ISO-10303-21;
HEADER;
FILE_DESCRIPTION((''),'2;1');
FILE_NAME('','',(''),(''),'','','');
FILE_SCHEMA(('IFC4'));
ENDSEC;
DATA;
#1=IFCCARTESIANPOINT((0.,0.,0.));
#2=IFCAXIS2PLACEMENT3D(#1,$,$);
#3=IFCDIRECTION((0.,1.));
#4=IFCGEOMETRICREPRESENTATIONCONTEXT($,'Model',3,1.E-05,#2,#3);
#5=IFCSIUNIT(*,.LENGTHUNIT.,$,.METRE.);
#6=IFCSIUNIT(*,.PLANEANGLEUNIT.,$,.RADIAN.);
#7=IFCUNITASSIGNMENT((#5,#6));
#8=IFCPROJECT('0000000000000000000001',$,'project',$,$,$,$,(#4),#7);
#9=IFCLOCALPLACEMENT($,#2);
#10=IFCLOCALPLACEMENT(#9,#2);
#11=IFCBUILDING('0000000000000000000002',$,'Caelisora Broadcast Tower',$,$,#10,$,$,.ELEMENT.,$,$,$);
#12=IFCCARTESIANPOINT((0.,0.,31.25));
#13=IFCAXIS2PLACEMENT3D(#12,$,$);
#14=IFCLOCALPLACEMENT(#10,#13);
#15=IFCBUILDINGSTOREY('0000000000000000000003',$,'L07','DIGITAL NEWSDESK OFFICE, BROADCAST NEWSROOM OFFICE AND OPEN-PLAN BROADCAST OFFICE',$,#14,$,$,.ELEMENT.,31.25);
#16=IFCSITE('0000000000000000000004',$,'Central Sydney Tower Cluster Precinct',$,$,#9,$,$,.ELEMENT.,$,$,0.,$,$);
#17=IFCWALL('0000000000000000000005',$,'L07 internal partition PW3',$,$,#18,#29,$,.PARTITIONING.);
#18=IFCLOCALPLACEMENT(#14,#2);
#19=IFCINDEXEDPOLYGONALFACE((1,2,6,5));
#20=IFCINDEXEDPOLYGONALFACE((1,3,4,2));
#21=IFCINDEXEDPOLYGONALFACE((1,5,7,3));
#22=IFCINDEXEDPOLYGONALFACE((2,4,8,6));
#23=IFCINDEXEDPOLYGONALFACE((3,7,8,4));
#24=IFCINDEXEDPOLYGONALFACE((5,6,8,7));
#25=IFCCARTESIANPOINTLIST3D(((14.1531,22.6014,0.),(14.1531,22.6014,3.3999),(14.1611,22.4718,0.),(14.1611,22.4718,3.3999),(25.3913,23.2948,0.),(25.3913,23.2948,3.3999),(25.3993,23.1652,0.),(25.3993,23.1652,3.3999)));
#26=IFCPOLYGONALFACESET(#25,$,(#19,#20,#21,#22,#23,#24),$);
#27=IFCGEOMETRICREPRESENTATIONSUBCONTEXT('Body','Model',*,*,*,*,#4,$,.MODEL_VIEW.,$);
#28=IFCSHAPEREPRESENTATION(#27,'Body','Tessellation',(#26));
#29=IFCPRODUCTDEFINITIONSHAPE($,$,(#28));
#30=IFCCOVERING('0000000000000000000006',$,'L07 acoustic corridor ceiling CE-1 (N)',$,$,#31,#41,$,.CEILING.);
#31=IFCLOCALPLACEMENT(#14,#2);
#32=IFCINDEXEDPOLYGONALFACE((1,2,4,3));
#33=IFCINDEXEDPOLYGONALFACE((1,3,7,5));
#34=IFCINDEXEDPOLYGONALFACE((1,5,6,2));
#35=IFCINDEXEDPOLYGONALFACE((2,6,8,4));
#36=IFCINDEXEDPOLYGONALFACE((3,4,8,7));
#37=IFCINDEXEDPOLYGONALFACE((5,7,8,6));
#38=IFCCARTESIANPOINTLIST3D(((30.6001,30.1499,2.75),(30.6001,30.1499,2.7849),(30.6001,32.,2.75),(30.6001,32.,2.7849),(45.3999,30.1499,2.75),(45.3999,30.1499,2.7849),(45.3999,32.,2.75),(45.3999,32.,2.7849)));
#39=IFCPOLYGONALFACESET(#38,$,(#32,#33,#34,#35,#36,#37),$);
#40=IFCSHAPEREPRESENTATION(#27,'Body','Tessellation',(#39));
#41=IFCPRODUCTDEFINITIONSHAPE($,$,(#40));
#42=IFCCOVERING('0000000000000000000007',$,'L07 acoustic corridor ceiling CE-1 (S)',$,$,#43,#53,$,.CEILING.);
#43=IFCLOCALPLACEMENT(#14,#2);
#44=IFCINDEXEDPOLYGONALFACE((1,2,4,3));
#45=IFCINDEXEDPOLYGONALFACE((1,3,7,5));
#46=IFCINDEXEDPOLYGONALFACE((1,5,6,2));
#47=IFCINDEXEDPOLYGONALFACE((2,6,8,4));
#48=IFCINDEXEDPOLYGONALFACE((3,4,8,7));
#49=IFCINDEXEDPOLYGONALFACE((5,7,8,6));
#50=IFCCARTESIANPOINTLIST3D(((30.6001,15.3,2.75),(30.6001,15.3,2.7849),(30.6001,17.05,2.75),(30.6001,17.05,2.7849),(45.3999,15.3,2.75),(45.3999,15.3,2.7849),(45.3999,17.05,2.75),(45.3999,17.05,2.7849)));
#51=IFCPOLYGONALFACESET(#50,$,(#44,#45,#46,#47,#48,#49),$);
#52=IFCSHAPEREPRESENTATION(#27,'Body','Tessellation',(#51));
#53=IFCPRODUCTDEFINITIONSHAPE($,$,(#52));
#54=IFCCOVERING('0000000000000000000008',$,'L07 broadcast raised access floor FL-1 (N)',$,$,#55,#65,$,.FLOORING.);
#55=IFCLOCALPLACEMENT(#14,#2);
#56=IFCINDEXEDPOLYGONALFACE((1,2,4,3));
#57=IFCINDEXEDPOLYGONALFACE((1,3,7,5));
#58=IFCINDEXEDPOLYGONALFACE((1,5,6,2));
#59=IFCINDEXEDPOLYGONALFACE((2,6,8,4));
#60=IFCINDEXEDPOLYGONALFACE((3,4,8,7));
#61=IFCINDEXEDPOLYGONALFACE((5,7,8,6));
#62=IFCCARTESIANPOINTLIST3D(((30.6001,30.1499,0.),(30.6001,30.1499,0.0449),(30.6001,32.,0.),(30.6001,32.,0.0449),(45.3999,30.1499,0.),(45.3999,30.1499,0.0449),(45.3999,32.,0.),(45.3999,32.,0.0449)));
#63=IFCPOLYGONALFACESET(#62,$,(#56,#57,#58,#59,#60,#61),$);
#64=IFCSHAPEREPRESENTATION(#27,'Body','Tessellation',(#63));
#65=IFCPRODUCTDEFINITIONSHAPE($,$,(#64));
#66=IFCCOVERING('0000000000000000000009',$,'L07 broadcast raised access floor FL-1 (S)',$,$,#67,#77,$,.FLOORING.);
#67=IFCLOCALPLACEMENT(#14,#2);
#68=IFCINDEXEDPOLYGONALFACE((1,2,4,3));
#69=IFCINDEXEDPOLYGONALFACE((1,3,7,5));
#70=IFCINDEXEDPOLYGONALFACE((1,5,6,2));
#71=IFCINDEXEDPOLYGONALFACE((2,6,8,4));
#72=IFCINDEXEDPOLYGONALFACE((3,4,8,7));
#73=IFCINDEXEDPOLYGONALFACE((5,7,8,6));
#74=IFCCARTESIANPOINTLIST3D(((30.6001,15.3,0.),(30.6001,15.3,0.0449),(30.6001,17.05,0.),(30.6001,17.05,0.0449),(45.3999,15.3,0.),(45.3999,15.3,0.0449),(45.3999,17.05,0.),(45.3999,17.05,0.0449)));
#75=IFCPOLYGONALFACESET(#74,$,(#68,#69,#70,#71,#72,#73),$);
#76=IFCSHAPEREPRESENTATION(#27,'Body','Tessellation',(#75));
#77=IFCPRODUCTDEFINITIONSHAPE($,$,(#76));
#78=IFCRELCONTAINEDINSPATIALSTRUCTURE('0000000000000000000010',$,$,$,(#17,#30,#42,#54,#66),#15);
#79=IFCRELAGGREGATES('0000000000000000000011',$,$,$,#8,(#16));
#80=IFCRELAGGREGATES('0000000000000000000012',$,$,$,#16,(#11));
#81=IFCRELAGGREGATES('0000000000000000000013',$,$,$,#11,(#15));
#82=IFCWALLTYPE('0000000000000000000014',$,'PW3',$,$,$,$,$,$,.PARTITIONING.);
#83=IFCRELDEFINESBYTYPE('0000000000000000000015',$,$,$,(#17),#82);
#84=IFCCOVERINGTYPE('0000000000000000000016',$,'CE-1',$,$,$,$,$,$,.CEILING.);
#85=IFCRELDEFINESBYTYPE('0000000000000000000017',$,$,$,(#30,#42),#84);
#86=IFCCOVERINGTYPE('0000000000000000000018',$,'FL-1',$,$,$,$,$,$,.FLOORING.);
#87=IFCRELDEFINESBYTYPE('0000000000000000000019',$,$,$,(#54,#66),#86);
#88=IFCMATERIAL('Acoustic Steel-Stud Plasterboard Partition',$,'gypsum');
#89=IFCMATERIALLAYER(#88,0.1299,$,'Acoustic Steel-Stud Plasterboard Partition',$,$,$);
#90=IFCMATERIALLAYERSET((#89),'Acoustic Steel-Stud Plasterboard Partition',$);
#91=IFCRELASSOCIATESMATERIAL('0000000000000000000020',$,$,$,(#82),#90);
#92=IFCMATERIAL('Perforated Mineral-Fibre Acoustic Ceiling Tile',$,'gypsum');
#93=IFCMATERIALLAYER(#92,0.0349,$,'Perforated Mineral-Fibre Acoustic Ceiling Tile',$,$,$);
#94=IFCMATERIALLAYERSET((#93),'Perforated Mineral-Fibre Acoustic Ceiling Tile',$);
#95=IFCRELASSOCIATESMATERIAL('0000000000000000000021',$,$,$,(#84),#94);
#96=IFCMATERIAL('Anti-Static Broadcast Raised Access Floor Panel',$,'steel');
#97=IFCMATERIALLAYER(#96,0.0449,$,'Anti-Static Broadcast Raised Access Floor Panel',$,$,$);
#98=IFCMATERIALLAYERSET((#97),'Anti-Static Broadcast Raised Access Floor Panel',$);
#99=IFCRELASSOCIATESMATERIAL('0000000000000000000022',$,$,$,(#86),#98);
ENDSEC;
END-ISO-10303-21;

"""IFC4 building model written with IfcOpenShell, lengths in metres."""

from ifc_helpers import new_model, si_unit, direction, frame, frame_2d, origin, place, context, subcontext, project, spatial, polyline, rectangle, outline, extrude, material, layer, layer_set, type_object, element, save


model = new_model("IFC4")

# Units and contexts
model_context = context("Model", 3, precision=1e-05, world=origin(), true_north=direction((0.0, 1.0)))
body_context = subcontext(model_context, "Body", "Model", "MODEL_VIEW")
ifc_project = project(units=[si_unit("LENGTHUNIT", "METRE"), si_unit("PLANEANGLEUNIT", "RADIAN")], contexts=[model_context])

# Site, building, storey
site_placement = place(None, origin())
site = spatial("IfcSite", under=ifc_project, at=site_placement, Name="Central Sydney Tower Cluster Precinct", CompositionType="ELEMENT", RefElevation=0.0)
building_placement = place(site_placement, origin())
building = spatial("IfcBuilding", under=site, at=building_placement, Name="Caelisora Broadcast Tower", CompositionType="ELEMENT")
storey_placement = place(building_placement, frame((0.0, 0.0, 31.25)))
storey = spatial("IfcBuildingStorey", under=building, at=storey_placement, Name="L07", Description="DIGITAL NEWSDESK OFFICE, BROADCAST NEWSROOM OFFICE AND OPEN-PLAN BROADCAST OFFICE", CompositionType="ELEMENT", Elevation=31.25)

# Shared definitions
ifc_material_1 = material(Name="Acoustic Steel-Stud Plasterboard Partition", Category="gypsum")
ifc_layer_1 = layer(ifc_material_1, 0.1299, Name="Acoustic Steel-Stud Plasterboard Partition")
ifc_layer_set_1 = layer_set([ifc_layer_1], Name="Acoustic Steel-Stud Plasterboard Partition")
wall_type = type_object("IfcWallType", Name="PW3", PredefinedType="PARTITIONING", material=ifc_layer_set_1)

# Wall
wall_1_placement = place(storey_placement, frame((14.157, 22.5366, 0.0), z_axis=(0.0, 0.0, 1.0), x_axis=(0.998102, 0.06158, 0.0)))
element("IfcWall", 1, at=wall_1_placement, inside=storey, type_object=wall_type, Name="L07 internal partition PW3", PredefinedType="PARTITIONING", context=body_context, shape_type="SweptSolid", body=[
    extrude(rectangle(XDim=11.2595, YDim=0.1299, at=frame_2d((5.6299, 0.0))), origin(), (0.0, 0.0, 1.0), 3.3999),
])

# Coverings
ifc_material_2 = material(Name="Perforated Mineral-Fibre Acoustic Ceiling Tile", Category="gypsum")
ifc_layer_2 = layer(ifc_material_2, 0.0349, Name="Perforated Mineral-Fibre Acoustic Ceiling Tile")
ifc_layer_set_2 = layer_set([ifc_layer_2], Name="Perforated Mineral-Fibre Acoustic Ceiling Tile")
covering_type_1 = type_object("IfcCoveringType", Name="CE-1", PredefinedType="CEILING", material=ifc_layer_set_2)
covering_1_placement = place(storey_placement, frame((0.0, 0.0, 2.75)))
element("IfcCovering", 2, at=covering_1_placement, inside=storey, type_object=covering_type_1, Name="L07 acoustic corridor ceiling CE-1 (N)", PredefinedType="CEILING", context=body_context, shape_type="SweptSolid", body=[
    extrude(outline(polyline([(30.6001, 30.1499), (45.3999, 30.1499), (45.3999, 32.0), (30.6001, 32.0), (30.6001, 30.1499)])), origin(), (0.0, 0.0, 1.0), 0.0349),
])
covering_2_placement = place(storey_placement, frame((0.0, 0.0, 2.75)))
element("IfcCovering", 3, at=covering_2_placement, inside=storey, type_object=covering_type_1, Name="L07 acoustic corridor ceiling CE-1 (S)", PredefinedType="CEILING", context=body_context, shape_type="SweptSolid", body=[
    extrude(outline(polyline([(30.6001, 15.3), (45.3999, 15.3), (45.3999, 17.05), (30.6001, 17.05), (30.6001, 15.3)])), origin(), (0.0, 0.0, 1.0), 0.0349),
])
ifc_material_3 = material(Name="Anti-Static Broadcast Raised Access Floor Panel", Category="steel")
ifc_layer_3 = layer(ifc_material_3, 0.0449, Name="Anti-Static Broadcast Raised Access Floor Panel")
ifc_layer_set_3 = layer_set([ifc_layer_3], Name="Anti-Static Broadcast Raised Access Floor Panel")
covering_type_2 = type_object("IfcCoveringType", Name="FL-1", PredefinedType="FLOORING", material=ifc_layer_set_3)
covering_3_placement = place(storey_placement, origin())
element("IfcCovering", 4, at=covering_3_placement, inside=storey, type_object=covering_type_2, Name="L07 broadcast raised access floor FL-1 (N)", PredefinedType="FLOORING", context=body_context, shape_type="SweptSolid", body=[
    extrude(outline(polyline([(30.6001, 30.1499), (45.3999, 30.1499), (45.3999, 32.0), (30.6001, 32.0), (30.6001, 30.1499)])), origin(), (0.0, 0.0, 1.0), 0.0449),
])
covering_4_placement = place(storey_placement, origin())
element("IfcCovering", 5, at=covering_4_placement, inside=storey, type_object=covering_type_2, Name="L07 broadcast raised access floor FL-1 (S)", PredefinedType="FLOORING", context=body_context, shape_type="SweptSolid", body=[
    extrude(outline(polyline([(30.6001, 15.3), (45.3999, 15.3), (45.3999, 17.05), (30.6001, 17.05), (30.6001, 15.3)])), origin(), (0.0, 0.0, 1.0), 0.0449),
])

save(model, "model.ifc")
